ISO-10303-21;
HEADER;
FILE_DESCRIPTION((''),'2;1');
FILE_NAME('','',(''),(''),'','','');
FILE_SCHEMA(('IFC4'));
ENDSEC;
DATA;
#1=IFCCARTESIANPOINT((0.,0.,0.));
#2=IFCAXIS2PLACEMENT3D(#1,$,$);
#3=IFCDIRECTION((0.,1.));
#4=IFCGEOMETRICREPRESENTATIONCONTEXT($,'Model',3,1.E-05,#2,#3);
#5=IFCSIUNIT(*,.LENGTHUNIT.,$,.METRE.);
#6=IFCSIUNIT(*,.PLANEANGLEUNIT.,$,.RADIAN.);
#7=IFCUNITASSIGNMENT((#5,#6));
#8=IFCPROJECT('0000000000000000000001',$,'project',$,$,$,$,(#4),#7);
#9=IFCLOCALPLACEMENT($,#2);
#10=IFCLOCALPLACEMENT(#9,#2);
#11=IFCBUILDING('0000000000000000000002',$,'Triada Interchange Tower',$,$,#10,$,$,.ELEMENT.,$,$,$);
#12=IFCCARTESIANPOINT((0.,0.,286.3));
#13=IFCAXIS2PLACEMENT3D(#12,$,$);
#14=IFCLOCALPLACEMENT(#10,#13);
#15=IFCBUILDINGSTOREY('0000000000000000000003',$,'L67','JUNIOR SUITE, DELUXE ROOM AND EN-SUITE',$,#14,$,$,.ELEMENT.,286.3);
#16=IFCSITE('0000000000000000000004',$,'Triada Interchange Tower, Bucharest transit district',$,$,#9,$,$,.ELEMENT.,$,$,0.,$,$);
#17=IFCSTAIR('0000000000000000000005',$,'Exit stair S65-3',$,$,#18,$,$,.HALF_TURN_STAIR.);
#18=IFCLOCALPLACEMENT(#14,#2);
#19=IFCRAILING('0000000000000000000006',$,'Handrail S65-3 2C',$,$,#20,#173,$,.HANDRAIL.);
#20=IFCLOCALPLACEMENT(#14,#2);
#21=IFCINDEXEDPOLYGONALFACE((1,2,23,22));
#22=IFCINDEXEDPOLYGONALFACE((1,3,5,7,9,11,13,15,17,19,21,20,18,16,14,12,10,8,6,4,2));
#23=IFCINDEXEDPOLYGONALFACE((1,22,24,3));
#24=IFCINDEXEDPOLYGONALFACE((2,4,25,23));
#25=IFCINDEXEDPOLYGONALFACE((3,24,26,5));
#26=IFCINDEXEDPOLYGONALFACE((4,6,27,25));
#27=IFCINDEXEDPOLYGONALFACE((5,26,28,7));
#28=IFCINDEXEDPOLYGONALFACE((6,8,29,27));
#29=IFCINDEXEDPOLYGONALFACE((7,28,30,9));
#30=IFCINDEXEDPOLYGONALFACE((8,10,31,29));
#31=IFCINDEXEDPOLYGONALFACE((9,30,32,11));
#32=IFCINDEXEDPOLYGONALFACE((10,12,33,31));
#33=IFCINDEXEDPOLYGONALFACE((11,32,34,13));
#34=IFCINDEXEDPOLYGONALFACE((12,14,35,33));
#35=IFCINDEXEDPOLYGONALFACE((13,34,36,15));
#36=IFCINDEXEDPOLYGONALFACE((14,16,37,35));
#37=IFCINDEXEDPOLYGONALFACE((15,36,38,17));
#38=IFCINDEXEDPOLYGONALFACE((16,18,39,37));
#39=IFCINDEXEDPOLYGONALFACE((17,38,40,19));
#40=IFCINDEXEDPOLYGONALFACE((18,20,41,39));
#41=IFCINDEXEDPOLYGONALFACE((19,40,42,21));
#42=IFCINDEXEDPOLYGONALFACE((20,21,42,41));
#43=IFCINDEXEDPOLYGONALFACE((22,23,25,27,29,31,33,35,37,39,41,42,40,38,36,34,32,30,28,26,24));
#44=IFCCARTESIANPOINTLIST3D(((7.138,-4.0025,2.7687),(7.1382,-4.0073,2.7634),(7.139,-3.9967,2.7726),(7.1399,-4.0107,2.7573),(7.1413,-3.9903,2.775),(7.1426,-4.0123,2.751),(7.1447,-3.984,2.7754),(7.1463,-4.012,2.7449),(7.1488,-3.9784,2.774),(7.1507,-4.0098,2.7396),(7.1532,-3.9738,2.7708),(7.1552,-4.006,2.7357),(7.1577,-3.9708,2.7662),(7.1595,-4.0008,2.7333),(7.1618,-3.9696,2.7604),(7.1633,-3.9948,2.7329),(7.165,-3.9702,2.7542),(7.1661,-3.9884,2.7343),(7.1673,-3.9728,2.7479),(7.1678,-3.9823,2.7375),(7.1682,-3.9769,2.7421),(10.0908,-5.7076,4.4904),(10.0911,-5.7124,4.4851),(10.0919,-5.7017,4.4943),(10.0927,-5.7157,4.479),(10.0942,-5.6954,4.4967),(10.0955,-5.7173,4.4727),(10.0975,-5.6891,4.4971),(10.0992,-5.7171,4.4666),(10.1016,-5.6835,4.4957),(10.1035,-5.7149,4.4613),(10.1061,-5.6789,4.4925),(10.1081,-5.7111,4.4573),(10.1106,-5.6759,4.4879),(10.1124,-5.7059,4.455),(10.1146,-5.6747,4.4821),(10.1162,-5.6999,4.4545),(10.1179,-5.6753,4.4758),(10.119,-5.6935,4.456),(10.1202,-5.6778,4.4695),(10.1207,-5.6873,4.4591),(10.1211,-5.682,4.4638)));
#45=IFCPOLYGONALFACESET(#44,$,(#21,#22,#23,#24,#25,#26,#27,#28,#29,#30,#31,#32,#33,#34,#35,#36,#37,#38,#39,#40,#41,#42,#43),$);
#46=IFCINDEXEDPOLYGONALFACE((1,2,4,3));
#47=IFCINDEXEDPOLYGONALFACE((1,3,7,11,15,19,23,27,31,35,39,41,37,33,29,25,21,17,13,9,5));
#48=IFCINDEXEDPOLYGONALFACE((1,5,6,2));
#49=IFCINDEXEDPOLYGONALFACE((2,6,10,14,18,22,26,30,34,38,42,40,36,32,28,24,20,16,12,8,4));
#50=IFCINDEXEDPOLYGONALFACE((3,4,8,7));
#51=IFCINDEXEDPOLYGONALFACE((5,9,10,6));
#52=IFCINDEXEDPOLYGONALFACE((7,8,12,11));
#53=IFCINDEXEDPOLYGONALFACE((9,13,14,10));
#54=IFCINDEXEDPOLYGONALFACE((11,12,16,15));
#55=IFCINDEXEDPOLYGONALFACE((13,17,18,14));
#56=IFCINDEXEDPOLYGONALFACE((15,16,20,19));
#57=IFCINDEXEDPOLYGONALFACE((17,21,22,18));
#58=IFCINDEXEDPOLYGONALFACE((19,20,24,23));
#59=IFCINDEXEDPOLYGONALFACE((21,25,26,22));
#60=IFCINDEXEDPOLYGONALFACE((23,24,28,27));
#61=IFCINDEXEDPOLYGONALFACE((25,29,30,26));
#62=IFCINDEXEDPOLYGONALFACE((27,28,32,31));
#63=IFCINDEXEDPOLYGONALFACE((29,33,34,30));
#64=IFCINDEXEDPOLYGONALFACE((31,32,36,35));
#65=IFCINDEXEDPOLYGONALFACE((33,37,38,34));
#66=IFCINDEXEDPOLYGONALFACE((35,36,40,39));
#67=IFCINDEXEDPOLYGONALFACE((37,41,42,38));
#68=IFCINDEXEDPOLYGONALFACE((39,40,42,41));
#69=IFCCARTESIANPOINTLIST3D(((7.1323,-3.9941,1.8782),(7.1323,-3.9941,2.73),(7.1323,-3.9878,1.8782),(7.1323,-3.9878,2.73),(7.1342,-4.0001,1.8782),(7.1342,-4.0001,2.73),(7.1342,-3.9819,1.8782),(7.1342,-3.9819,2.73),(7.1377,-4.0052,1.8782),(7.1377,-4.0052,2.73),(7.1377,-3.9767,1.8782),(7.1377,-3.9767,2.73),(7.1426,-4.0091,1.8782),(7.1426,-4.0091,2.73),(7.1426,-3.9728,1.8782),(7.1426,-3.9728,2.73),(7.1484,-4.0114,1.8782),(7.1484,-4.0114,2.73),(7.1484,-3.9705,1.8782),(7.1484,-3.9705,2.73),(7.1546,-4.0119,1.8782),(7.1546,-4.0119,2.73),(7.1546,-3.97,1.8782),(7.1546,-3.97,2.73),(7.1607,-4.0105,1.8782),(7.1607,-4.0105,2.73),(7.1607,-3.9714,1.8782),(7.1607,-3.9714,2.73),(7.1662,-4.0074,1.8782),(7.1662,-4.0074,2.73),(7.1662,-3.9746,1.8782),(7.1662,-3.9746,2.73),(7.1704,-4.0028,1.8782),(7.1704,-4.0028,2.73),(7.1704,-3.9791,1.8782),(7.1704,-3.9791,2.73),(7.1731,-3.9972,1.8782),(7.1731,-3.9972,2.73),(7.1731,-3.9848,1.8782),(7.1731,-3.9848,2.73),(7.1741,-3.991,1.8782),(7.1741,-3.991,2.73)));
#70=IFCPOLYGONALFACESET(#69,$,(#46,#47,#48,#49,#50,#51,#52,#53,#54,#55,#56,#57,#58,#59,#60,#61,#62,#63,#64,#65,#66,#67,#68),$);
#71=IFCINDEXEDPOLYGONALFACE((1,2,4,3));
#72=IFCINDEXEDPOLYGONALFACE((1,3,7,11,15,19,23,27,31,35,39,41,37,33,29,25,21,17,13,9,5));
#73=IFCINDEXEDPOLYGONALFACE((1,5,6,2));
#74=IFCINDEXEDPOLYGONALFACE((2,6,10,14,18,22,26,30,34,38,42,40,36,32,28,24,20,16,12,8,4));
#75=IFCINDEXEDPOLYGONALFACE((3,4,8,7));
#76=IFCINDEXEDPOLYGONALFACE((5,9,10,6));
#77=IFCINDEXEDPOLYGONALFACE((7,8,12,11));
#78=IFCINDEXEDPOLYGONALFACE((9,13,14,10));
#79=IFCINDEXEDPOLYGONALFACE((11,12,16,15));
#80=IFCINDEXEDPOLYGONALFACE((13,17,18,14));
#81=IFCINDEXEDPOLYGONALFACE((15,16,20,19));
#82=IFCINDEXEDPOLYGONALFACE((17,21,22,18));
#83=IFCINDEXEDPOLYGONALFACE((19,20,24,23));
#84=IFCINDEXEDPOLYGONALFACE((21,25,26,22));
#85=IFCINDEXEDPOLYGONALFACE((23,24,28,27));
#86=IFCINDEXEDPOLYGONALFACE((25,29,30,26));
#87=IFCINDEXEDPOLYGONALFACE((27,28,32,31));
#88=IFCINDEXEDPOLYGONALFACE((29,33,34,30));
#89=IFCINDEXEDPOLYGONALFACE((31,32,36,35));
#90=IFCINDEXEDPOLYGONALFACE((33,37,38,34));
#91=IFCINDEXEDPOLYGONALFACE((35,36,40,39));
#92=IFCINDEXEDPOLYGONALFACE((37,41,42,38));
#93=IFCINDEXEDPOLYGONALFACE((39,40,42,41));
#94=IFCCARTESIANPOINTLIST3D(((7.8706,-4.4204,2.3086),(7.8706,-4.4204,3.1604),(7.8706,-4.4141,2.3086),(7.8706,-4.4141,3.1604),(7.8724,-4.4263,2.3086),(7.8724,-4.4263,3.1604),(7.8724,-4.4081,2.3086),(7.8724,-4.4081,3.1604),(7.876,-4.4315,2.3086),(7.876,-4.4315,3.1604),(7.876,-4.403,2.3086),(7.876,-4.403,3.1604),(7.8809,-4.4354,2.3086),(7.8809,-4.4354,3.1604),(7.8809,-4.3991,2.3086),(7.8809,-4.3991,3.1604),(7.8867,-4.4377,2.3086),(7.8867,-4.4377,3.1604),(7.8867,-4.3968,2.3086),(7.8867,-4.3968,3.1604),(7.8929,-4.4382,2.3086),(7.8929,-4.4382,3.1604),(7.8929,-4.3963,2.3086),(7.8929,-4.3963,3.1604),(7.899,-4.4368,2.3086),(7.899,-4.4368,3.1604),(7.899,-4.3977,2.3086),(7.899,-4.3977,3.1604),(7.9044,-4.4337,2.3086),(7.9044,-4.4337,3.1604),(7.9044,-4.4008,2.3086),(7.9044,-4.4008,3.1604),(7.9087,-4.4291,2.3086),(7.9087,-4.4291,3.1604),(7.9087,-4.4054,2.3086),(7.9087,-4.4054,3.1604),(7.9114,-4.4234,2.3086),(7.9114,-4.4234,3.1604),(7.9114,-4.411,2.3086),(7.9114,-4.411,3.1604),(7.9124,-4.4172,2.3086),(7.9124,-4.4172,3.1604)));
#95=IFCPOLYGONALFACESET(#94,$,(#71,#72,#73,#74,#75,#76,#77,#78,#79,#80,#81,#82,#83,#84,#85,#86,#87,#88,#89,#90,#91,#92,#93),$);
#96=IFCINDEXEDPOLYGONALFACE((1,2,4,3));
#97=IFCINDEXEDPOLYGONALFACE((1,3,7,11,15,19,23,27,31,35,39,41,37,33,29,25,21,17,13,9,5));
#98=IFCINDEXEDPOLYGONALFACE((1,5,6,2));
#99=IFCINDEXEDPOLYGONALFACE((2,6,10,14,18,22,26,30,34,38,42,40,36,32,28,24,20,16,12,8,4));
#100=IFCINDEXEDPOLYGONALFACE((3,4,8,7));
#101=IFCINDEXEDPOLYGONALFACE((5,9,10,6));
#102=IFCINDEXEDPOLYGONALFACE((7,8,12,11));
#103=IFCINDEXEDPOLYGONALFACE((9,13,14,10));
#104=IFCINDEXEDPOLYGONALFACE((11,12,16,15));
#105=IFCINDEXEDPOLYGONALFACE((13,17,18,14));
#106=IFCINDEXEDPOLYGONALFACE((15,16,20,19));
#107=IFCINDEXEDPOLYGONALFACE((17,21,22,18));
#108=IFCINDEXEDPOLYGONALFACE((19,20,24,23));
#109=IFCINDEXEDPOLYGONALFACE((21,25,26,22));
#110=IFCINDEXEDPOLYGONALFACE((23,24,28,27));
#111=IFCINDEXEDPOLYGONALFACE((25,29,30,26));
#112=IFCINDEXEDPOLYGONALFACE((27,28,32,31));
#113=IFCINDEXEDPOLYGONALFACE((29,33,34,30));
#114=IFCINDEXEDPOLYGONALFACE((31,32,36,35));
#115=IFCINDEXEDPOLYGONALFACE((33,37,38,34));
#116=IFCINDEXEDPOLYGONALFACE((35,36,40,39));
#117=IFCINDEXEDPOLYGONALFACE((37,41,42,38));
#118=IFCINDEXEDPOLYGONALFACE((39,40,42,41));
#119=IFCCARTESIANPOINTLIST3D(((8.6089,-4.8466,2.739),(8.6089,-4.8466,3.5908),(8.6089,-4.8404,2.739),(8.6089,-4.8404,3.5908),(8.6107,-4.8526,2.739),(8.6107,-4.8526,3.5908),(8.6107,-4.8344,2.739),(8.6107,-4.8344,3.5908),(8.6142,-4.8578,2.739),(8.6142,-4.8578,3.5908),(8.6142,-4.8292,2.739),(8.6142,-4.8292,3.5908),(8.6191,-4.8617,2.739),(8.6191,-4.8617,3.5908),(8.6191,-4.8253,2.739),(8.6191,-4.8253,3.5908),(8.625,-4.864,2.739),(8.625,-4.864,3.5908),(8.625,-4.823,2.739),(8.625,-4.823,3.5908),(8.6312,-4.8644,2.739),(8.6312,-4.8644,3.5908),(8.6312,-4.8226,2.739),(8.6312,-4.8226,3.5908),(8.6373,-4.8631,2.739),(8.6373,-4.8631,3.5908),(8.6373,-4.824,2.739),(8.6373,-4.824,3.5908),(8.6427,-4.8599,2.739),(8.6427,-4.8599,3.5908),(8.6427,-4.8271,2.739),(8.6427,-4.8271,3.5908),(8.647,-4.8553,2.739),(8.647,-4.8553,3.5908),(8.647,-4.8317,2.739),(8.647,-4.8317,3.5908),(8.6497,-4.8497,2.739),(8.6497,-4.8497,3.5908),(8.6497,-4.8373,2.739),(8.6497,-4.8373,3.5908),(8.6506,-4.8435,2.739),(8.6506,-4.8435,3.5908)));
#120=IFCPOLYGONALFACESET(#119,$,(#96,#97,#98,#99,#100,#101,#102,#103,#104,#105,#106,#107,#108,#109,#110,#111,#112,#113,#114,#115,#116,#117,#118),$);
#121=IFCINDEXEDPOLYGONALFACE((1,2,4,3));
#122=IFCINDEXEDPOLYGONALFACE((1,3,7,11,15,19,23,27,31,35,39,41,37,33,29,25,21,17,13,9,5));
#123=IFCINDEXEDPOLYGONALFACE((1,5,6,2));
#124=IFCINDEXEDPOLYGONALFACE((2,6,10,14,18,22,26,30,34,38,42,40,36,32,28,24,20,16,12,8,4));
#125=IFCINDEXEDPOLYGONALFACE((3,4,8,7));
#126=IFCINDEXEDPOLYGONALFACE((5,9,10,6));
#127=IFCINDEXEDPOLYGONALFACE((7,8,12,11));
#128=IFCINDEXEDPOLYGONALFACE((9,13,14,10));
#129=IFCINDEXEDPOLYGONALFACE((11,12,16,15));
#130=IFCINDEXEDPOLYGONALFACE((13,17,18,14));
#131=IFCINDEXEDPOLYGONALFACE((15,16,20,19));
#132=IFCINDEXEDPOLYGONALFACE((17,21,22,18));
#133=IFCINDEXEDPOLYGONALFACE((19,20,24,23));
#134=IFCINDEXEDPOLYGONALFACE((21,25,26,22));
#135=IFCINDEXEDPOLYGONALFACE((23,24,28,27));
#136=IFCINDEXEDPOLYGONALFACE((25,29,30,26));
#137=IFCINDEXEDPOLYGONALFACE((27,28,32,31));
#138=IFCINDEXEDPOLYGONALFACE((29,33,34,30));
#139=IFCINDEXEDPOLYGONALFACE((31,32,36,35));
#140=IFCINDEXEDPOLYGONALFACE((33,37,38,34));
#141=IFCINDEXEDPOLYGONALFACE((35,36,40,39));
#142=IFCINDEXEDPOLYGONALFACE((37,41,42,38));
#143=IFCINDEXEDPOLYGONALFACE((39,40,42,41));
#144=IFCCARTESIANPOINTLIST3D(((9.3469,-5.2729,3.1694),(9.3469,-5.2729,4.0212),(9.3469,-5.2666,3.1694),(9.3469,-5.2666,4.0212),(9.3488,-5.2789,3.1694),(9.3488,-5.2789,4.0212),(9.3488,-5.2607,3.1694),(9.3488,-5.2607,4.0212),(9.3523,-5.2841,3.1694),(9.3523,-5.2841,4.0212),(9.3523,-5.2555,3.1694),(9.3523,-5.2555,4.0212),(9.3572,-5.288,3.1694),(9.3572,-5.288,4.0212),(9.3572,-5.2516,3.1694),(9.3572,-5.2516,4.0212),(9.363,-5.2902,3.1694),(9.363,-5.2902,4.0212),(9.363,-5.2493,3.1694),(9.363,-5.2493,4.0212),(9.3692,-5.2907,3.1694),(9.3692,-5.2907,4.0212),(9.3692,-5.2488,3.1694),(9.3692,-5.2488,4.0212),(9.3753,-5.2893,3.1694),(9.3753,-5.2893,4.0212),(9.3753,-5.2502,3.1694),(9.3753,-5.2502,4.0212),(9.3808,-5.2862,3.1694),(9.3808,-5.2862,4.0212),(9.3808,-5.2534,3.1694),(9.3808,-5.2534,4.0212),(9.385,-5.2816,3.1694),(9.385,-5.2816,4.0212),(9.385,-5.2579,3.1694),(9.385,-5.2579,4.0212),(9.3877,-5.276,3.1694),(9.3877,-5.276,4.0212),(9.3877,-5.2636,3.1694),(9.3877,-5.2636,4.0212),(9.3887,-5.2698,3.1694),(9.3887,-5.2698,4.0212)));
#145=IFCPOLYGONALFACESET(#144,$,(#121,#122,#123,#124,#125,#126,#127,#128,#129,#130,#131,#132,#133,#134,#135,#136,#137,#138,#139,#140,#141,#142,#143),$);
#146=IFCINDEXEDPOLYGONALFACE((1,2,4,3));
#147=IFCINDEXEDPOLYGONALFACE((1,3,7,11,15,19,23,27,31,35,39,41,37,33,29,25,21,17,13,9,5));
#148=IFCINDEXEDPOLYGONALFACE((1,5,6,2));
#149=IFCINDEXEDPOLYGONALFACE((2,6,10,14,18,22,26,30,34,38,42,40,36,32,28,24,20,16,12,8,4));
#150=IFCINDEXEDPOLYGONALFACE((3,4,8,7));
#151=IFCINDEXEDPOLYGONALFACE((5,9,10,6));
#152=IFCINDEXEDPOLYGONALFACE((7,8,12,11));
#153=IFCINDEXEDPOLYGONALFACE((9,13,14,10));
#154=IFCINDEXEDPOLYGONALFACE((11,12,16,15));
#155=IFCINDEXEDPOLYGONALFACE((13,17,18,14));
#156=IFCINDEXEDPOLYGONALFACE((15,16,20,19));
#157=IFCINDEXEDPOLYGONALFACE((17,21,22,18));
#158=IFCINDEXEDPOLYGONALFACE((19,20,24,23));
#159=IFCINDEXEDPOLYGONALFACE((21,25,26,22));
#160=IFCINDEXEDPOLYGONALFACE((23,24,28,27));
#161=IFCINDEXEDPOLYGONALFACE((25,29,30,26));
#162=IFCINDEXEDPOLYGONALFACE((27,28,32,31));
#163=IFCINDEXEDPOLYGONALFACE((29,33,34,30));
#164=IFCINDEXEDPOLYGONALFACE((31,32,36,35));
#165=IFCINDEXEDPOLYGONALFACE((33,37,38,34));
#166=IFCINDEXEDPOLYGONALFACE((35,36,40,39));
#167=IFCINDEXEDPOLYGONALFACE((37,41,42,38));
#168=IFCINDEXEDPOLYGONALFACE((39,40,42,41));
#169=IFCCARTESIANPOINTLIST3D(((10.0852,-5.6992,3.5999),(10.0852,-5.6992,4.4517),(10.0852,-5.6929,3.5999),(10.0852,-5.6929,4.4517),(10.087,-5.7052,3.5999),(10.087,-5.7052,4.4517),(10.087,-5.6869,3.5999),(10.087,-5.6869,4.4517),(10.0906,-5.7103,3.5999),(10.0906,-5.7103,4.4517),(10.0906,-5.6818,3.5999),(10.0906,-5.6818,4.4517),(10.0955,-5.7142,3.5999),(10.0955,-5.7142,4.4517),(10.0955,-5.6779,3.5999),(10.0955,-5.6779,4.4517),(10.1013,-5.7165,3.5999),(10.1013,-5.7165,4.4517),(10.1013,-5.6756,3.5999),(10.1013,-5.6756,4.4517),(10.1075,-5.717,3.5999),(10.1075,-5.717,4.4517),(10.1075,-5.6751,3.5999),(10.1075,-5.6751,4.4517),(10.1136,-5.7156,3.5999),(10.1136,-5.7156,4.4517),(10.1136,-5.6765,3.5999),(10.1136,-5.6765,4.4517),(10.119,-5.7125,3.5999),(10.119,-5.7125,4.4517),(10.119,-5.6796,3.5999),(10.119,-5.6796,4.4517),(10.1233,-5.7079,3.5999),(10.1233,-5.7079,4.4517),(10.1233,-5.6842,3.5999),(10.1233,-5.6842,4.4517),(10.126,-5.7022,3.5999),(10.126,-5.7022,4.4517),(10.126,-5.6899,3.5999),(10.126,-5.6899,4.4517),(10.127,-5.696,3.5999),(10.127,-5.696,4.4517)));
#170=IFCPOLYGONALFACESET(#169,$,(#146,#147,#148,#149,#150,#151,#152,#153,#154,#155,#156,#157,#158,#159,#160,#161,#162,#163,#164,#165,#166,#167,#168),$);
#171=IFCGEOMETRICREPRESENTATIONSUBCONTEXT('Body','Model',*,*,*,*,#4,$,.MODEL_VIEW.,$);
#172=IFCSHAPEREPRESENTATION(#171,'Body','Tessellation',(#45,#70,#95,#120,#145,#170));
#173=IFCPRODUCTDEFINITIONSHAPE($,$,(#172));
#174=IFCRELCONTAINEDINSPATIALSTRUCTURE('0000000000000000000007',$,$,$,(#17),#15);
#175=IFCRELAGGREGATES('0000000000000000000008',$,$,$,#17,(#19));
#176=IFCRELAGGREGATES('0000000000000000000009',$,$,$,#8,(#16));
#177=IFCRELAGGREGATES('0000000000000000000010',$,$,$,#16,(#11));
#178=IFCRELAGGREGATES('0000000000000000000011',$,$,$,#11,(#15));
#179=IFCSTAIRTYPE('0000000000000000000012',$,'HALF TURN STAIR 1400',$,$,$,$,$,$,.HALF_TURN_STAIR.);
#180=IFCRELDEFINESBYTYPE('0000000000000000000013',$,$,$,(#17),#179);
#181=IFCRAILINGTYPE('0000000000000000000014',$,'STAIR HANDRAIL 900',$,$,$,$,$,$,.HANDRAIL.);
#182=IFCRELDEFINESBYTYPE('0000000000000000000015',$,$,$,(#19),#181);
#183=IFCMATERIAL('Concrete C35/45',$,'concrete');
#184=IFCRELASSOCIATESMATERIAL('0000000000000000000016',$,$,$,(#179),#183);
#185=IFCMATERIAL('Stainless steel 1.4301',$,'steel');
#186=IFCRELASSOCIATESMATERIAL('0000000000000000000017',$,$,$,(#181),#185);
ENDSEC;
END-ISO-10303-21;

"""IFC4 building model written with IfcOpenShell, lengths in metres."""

from ifc_helpers import new_model, si_unit, direction, frame, origin, origin_2d, place, context, subcontext, project, spatial, circle, extrude, material, type_object, element, aggregate, save


model = new_model("IFC4")

# Units and contexts
model_context = context("Model", 3, precision=1e-05, world=origin(), true_north=direction((0.0, 1.0)))
body_context = subcontext(model_context, "Body", "Model", "MODEL_VIEW")
ifc_project = project(units=[si_unit("LENGTHUNIT", "METRE"), si_unit("PLANEANGLEUNIT", "RADIAN")], contexts=[model_context])

# Site, building, storey
site_placement = place(None, origin())
site = spatial("IfcSite", under=ifc_project, at=site_placement, Name="Triada Interchange Tower, Bucharest transit district", CompositionType="ELEMENT", RefElevation=0.0)
building_placement = place(site_placement, origin())
building = spatial("IfcBuilding", under=site, at=building_placement, Name="Triada Interchange Tower", CompositionType="ELEMENT")
storey_placement = place(building_placement, frame((0.0, 0.0, 286.3)))
storey = spatial("IfcBuildingStorey", under=building, at=storey_placement, Name="L67", Description="JUNIOR SUITE, DELUXE ROOM AND EN-SUITE", CompositionType="ELEMENT", Elevation=286.3)

# Stair, railing
ifc_material_1 = material(Name="Concrete C35/45", Category="concrete")
stair_type = type_object("IfcStairType", Name="HALF TURN STAIR 1400", PredefinedType="HALF_TURN_STAIR", material=ifc_material_1)
stair_placement = place(storey_placement, origin())
stair = element("IfcStair", 1, at=stair_placement, inside=storey, type_object=stair_type, Name="Exit stair S65-3", PredefinedType="HALF_TURN_STAIR")
ifc_material_2 = material(Name="Stainless steel 1.4301", Category="steel")
railing_type = type_object("IfcRailingType", Name="STAIR HANDRAIL 900", PredefinedType="HANDRAIL", material=ifc_material_2)
railing_1_placement = place(storey_placement, frame((7.1531, -3.991, 1.8782)))
railing_1 = element("IfcRailing", 2, at=railing_1_placement, type_object=railing_type, Name="Handrail S65-3 2C", PredefinedType="HANDRAIL", context=body_context, shape_type="SweptSolid", body=[
    extrude(circle(Radius=0.0239, at=origin_2d()), frame((0.0, 0.0, 0.876), z_axis=(0.773043, -0.446377, 0.450723), x_axis=(0.500051, 0.865996, 0.0)), (0.0, 0.0, 1.0), 3.8198),
    extrude(circle(Radius=0.021, at=origin_2d()), origin(), (0.0, 0.0, 1.0), 0.8518),
    extrude(circle(Radius=0.021, at=origin_2d()), frame((0.7383, -0.4263, 0.4304)), (0.0, 0.0, 1.0), 0.8518),
    extrude(circle(Radius=0.021, at=origin_2d()), frame((1.4766, -0.8525, 0.8608)), (0.0, 0.0, 1.0), 0.8518),
    extrude(circle(Radius=0.021, at=origin_2d()), frame((2.2146, -1.2788, 1.2913)), (0.0, 0.0, 1.0), 0.8518),
    extrude(circle(Radius=0.021, at=origin_2d()), frame((2.9529, -1.7051, 1.7217)), (0.0, 0.0, 1.0), 0.8518),
])
aggregate(stair, [railing_1])

save(model, "model.ifc")
